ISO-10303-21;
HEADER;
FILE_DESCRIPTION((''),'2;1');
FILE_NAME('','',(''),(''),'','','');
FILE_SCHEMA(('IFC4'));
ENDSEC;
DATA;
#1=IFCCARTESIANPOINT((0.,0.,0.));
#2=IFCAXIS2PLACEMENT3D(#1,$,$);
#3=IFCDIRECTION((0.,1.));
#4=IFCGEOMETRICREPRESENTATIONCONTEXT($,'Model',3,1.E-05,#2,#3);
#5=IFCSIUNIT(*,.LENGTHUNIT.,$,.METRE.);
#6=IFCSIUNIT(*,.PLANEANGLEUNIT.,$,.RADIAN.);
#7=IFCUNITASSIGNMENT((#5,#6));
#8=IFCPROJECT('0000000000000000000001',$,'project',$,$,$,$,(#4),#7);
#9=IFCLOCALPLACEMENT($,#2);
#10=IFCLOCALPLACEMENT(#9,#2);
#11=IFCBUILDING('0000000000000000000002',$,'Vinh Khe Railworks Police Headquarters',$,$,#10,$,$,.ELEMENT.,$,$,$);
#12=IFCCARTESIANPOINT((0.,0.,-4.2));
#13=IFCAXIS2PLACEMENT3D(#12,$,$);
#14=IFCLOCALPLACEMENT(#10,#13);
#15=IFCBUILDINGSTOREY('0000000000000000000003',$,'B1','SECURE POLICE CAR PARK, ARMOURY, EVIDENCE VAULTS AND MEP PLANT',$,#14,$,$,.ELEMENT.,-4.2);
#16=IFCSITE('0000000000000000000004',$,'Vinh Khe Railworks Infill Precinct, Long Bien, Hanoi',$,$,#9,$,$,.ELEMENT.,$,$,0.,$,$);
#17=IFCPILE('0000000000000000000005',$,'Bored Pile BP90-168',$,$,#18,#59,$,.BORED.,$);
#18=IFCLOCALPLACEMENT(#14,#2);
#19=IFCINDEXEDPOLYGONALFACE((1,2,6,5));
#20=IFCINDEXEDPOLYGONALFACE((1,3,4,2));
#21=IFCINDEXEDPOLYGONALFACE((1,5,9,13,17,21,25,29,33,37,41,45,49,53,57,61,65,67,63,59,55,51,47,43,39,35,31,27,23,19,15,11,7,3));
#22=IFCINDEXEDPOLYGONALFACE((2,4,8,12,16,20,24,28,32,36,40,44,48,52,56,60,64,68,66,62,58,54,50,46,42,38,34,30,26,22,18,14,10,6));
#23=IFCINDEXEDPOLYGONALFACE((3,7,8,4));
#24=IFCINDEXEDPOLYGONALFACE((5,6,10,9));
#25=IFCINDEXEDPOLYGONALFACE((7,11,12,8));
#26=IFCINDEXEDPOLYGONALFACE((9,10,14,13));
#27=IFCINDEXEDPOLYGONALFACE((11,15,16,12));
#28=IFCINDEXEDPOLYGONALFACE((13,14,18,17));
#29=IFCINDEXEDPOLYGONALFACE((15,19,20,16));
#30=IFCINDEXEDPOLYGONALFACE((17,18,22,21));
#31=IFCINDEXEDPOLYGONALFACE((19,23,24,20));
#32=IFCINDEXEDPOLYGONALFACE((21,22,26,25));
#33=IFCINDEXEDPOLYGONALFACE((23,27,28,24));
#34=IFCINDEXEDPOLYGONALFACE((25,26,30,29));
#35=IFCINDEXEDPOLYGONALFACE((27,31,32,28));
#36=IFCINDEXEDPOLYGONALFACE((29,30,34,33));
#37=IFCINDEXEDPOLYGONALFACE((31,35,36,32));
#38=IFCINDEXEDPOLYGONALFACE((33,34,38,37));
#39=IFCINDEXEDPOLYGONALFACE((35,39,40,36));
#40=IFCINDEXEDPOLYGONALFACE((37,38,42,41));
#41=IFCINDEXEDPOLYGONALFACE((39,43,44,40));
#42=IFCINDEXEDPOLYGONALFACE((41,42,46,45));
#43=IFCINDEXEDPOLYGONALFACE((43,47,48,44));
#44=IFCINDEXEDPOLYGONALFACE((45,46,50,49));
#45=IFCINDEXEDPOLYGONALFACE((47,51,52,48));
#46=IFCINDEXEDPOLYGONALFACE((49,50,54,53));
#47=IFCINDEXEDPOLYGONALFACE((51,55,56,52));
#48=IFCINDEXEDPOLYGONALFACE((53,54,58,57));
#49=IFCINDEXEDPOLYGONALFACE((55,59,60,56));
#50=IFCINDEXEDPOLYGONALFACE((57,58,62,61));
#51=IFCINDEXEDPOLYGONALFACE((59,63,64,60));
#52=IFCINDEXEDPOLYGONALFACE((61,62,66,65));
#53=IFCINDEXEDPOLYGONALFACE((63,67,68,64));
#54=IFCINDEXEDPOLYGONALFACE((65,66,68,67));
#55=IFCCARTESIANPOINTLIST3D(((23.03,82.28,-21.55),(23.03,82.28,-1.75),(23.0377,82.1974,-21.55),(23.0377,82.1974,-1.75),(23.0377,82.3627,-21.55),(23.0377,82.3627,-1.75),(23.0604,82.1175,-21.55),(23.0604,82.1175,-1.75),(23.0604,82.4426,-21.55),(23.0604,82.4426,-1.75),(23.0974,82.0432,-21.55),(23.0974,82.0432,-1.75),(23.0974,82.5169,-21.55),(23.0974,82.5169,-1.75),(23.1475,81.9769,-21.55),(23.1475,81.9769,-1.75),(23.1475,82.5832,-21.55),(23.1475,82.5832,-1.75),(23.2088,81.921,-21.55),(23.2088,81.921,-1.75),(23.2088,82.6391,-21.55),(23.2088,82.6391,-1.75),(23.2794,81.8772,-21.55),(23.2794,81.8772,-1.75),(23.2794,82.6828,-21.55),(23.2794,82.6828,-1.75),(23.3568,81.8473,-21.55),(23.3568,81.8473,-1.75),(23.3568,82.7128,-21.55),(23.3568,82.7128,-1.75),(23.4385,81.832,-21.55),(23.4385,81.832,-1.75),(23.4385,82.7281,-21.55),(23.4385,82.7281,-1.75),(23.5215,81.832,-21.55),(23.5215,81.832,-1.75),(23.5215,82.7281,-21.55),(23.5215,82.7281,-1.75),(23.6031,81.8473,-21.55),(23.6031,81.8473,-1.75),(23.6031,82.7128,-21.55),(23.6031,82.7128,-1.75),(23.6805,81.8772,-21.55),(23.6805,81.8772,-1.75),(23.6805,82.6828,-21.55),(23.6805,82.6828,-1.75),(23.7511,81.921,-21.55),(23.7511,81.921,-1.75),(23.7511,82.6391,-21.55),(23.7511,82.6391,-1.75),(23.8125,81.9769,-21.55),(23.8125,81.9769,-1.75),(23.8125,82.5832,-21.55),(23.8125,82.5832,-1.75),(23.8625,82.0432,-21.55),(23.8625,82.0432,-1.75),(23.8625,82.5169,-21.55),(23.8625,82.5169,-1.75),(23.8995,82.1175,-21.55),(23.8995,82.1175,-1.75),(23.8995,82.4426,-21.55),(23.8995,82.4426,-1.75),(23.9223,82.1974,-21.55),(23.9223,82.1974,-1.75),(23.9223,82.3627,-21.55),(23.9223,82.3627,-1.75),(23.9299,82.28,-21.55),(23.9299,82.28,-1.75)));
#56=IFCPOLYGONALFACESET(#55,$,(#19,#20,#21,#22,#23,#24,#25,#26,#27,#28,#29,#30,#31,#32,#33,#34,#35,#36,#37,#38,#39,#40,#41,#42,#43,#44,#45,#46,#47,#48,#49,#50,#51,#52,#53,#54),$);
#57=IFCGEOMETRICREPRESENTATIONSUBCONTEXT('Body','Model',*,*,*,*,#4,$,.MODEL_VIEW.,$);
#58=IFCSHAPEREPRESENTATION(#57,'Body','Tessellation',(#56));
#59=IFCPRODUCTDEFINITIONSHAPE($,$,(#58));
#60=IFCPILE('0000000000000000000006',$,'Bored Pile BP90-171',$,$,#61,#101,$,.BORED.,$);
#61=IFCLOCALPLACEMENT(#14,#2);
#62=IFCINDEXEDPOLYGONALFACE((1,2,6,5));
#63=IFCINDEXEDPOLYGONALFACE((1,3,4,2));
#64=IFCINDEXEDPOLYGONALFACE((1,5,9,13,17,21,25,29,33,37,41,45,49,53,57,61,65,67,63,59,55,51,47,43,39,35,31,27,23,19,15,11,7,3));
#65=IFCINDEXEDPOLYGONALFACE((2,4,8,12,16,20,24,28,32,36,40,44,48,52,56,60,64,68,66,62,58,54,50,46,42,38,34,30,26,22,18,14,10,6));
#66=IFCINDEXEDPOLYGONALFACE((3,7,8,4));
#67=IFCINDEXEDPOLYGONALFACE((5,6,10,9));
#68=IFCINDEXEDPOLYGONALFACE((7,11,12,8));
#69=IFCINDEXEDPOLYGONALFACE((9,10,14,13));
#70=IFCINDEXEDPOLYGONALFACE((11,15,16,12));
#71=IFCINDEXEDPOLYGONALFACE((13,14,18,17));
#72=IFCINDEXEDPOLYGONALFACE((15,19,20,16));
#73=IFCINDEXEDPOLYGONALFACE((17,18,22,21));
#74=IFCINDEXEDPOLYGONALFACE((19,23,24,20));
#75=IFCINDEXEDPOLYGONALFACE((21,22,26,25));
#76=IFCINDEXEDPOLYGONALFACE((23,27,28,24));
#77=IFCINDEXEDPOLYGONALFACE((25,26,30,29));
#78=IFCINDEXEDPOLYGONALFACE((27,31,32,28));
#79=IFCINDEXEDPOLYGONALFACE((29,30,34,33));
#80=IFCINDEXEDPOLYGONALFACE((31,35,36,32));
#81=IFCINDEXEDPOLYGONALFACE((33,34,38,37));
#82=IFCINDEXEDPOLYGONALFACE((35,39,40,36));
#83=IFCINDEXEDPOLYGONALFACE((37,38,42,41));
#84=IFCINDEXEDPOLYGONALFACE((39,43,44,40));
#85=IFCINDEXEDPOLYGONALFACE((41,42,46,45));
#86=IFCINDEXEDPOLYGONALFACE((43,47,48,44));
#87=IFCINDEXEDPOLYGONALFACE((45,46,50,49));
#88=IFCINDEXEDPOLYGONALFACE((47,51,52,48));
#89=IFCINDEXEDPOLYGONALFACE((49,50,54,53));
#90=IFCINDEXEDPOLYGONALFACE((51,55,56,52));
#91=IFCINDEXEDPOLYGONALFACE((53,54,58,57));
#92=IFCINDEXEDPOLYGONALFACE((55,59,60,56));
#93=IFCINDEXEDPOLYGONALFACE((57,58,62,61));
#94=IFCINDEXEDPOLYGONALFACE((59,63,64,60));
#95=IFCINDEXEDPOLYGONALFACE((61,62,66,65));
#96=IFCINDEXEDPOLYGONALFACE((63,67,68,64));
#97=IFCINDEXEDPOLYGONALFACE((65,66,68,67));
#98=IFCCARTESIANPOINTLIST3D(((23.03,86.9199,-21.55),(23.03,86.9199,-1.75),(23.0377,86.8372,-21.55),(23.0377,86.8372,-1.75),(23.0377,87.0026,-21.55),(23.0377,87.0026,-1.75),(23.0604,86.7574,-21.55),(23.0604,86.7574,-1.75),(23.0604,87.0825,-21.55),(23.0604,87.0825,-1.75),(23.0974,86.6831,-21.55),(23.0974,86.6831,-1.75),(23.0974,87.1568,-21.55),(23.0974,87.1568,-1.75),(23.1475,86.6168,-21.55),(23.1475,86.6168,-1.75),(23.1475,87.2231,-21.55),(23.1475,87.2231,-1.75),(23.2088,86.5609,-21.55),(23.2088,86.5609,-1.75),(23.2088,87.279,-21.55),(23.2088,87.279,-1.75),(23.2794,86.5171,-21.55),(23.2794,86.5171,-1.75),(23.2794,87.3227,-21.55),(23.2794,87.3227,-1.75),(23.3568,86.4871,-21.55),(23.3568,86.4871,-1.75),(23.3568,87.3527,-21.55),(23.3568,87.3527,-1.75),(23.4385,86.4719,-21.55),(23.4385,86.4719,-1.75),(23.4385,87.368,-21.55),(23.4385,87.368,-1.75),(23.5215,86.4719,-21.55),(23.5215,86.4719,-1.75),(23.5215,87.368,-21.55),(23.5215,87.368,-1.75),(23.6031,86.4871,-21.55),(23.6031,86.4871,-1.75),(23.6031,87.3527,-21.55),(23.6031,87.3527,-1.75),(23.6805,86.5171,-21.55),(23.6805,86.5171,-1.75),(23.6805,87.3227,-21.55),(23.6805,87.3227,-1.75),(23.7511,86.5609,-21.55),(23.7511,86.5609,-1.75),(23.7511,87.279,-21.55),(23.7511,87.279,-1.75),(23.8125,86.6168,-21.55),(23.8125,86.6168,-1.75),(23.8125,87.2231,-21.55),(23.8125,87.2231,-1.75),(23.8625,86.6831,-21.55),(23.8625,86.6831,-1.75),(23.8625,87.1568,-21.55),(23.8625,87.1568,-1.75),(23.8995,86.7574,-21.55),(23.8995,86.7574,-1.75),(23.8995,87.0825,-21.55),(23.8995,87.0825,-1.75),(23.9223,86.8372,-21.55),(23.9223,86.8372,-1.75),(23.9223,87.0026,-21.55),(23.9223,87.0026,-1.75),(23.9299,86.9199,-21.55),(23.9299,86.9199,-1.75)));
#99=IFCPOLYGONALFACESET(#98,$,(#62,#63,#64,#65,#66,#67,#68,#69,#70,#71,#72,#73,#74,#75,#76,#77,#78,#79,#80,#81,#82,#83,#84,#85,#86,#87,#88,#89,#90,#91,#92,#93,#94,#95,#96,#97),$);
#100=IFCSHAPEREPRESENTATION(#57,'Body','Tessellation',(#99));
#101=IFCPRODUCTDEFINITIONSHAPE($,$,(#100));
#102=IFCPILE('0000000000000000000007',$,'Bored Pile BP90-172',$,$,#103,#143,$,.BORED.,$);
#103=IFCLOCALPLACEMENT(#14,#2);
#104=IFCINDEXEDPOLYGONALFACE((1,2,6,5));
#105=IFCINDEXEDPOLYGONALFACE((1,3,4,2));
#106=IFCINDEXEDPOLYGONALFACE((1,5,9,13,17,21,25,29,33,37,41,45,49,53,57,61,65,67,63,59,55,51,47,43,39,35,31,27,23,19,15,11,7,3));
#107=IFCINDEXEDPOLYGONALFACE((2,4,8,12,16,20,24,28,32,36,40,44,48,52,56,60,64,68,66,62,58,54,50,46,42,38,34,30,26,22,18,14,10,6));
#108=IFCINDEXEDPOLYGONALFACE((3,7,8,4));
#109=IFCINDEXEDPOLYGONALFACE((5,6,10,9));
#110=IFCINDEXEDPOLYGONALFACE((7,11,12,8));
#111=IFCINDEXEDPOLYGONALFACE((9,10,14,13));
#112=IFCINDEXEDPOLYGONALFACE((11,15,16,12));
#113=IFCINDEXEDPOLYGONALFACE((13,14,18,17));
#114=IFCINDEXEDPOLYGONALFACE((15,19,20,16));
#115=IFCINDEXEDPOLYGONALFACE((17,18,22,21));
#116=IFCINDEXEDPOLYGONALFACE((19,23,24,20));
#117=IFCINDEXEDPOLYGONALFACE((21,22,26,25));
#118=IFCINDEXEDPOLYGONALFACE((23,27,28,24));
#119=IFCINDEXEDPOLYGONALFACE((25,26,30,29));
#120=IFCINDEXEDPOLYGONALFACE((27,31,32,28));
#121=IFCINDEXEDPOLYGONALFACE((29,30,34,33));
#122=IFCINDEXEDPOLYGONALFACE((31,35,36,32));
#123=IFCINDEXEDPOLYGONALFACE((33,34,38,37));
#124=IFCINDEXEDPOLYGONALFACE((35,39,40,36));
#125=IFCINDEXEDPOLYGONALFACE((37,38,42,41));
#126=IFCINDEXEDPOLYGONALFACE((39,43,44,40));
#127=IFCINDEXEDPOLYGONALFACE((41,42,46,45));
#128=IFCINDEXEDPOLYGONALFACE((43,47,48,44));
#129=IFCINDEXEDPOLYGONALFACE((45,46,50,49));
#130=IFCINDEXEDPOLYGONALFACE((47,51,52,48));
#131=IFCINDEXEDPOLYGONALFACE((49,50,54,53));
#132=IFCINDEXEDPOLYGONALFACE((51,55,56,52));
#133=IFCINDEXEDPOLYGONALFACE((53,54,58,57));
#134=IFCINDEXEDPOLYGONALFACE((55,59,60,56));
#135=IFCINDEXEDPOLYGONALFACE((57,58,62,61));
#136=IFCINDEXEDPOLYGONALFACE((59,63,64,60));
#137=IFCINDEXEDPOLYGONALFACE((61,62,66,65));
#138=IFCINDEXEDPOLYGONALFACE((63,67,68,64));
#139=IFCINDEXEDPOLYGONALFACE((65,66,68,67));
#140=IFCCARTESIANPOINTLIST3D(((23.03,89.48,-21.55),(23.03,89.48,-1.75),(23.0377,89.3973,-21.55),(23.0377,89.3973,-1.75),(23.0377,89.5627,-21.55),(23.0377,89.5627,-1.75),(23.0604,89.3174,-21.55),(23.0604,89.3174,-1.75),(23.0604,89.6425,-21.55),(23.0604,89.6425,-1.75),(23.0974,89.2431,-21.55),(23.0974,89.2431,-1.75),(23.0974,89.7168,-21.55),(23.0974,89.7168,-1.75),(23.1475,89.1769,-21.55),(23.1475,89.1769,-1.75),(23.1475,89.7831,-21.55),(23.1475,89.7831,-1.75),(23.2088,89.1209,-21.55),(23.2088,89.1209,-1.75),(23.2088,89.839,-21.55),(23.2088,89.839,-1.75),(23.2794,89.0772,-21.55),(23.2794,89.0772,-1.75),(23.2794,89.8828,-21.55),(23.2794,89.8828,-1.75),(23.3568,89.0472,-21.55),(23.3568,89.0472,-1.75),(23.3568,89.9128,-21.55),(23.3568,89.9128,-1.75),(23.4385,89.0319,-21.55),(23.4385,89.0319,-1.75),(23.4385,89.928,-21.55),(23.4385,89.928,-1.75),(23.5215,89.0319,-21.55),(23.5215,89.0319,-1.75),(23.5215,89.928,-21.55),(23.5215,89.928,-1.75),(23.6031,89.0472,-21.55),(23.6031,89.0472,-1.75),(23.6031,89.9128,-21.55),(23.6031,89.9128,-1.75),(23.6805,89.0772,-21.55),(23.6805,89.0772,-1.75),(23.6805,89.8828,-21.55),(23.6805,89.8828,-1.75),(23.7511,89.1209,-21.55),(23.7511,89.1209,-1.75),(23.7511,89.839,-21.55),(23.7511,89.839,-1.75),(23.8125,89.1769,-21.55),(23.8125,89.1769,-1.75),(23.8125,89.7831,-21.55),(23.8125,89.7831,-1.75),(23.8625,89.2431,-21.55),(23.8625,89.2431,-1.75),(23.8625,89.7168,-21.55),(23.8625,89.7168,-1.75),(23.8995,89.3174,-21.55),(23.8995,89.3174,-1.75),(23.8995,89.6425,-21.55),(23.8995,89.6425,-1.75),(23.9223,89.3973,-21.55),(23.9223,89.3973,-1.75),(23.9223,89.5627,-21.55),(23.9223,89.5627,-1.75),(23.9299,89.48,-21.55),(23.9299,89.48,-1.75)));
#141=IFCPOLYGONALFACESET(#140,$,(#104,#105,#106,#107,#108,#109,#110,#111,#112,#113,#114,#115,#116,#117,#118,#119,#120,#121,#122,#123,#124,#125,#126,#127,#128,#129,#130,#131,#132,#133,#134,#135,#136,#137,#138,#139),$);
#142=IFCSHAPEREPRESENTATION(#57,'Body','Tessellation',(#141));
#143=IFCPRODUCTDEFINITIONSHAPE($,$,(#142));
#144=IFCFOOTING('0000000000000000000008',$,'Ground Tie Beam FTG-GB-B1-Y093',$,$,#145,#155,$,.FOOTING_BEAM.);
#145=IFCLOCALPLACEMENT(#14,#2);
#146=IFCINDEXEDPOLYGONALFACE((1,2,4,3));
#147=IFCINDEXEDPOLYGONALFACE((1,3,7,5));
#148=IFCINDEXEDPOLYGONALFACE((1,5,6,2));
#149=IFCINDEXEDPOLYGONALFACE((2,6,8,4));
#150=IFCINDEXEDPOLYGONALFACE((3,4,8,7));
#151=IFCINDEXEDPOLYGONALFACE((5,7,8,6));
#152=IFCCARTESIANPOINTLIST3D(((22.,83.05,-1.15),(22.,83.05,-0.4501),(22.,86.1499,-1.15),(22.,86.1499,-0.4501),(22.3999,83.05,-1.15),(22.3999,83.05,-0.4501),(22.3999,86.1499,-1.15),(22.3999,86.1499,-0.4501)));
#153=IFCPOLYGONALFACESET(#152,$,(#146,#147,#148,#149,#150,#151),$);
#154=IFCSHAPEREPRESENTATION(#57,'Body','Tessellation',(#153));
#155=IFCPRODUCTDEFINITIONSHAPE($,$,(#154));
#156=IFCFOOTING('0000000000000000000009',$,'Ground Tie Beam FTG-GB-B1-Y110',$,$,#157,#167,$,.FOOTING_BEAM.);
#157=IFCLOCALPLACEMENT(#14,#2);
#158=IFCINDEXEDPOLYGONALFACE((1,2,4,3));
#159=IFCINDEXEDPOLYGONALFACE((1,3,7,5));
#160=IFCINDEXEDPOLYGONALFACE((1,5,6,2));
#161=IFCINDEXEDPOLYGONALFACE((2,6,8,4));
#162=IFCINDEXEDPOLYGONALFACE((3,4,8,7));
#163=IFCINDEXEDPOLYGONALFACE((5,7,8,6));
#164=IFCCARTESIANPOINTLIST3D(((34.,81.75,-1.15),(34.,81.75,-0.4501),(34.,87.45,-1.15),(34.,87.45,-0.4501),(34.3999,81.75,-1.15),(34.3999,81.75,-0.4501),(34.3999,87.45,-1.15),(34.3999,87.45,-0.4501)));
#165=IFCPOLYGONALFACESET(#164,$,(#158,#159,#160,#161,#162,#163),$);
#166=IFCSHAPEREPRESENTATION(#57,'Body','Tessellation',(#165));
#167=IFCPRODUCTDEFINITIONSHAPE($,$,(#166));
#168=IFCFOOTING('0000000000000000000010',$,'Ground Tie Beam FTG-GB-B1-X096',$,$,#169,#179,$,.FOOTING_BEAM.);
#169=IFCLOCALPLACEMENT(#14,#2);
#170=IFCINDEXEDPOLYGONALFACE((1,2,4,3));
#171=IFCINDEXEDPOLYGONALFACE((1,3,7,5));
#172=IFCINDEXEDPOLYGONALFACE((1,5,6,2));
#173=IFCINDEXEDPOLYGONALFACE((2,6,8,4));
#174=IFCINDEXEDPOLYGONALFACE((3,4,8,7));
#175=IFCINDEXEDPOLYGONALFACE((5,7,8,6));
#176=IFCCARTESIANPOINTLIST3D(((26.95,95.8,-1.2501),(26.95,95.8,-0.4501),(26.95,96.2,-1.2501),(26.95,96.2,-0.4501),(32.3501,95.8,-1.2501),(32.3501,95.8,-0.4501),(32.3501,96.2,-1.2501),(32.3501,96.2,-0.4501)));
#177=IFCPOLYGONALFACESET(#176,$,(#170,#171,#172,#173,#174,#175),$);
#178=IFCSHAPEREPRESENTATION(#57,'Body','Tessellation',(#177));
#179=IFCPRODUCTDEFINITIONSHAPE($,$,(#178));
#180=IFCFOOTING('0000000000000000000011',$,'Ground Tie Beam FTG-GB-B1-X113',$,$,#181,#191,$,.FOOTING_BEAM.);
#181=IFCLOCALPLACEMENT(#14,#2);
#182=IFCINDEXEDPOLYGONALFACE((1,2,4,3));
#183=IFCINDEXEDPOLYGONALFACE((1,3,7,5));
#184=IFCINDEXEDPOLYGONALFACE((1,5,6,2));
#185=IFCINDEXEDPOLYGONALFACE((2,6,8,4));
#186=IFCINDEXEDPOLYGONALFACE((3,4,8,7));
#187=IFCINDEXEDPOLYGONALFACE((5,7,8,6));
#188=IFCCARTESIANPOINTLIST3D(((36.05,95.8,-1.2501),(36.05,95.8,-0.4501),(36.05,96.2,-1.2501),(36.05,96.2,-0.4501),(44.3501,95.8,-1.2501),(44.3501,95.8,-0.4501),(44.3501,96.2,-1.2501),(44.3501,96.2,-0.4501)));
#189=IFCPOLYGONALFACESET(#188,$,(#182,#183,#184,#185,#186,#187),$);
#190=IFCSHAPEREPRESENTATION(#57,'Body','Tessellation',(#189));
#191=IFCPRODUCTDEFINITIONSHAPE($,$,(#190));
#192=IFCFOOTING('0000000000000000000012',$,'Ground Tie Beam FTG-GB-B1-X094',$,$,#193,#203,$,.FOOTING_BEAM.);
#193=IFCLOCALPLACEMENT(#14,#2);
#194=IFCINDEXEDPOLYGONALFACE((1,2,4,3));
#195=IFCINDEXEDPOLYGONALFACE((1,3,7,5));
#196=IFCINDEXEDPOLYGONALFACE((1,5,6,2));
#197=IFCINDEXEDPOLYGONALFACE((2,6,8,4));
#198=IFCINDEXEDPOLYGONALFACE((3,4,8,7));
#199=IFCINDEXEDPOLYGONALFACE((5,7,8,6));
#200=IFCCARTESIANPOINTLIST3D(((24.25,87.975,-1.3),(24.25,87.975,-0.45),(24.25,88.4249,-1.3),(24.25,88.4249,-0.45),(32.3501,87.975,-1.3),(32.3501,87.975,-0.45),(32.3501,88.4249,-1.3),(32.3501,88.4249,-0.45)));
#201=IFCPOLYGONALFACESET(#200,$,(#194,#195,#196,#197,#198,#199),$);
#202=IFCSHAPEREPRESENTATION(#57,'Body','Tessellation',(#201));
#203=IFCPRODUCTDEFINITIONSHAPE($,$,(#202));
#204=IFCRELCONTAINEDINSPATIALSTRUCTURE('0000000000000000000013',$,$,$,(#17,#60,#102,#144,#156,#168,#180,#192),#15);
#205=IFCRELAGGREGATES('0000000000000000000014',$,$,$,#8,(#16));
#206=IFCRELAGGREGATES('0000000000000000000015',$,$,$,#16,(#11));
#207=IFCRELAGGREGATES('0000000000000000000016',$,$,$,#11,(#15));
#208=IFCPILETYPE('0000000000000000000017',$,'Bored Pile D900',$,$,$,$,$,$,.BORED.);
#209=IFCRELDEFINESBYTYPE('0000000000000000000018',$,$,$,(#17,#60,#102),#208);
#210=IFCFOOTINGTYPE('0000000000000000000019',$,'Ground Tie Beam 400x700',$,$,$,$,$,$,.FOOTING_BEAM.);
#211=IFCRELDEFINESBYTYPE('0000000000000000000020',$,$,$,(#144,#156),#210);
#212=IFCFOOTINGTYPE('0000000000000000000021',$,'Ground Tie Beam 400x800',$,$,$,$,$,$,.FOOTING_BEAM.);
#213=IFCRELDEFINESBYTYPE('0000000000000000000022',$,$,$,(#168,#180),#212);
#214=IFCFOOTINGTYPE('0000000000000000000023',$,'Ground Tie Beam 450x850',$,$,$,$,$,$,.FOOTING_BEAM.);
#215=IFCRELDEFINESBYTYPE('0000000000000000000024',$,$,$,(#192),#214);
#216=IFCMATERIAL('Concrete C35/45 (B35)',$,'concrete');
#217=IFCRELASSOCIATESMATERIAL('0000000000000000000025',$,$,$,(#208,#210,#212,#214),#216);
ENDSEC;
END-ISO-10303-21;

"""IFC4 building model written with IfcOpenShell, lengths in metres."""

from ifc_helpers import new_model, si_unit, direction, frame, origin, origin_2d, place, context, subcontext, project, spatial, rectangle, circle, extrude, material, material_profile, profile_set, type_object, element, save


model = new_model("IFC4")

# Units and contexts
model_context = context("Model", 3, precision=1e-05, world=origin(), true_north=direction((0.0, 1.0)))
body_context = subcontext(model_context, "Body", "Model", "MODEL_VIEW")
ifc_project = project(units=[si_unit("LENGTHUNIT", "METRE"), si_unit("PLANEANGLEUNIT", "RADIAN")], contexts=[model_context])

# Site, building, storey
site_placement = place(None, origin())
site = spatial("IfcSite", under=ifc_project, at=site_placement, Name="Vinh Khe Railworks Infill Precinct, Long Bien, Hanoi", CompositionType="ELEMENT", RefElevation=0.0)
building_placement = place(site_placement, origin())
building = spatial("IfcBuilding", under=site, at=building_placement, Name="Vinh Khe Railworks Police Headquarters", CompositionType="ELEMENT")
storey_placement = place(building_placement, frame((0.0, 0.0, -4.2)))
storey = spatial("IfcBuildingStorey", under=building, at=storey_placement, Name="B1", Description="SECURE POLICE CAR PARK, ARMOURY, EVIDENCE VAULTS AND MEP PLANT", CompositionType="ELEMENT", Elevation=-4.2)

# Piles
ifc_material_1 = material(Name="Concrete C35/45 (B35)", Category="concrete")
ifc_material_profile_1 = material_profile(ifc_material_1, circle(Radius=0.45, at=origin_2d()), Name="BORED PILE D900")
ifc_profile_set_1 = profile_set([ifc_material_profile_1], Name="Concrete C35/45 (B35)")
pile_type_1 = type_object("IfcPileType", Name="Bored Pile D900", PredefinedType="BORED", material=ifc_profile_set_1)
for number, where, z_axis, x_axis, name in (
    (1, (23.48, 82.28, -1.75), (0.0, 0.0, -1.0), (1.0, 0.0, 0.0), "Bored Pile BP90-168"),
    (2, (23.48, 86.9199, -1.75), (0.0, 0.0, -1.0), (1.0, 0.0, 0.0), "Bored Pile BP90-171"),
    (3, (23.48, 89.48, -1.75), (0.0, 0.0, -1.0), (1.0, 0.0, 0.0), "Bored Pile BP90-172"),
):
    element("IfcPile", number, at=place(storey_placement, frame(where, z_axis=z_axis, x_axis=x_axis)), inside=storey, type_object=pile_type_1, Name=name, PredefinedType="BORED", context=body_context, shape_type="SweptSolid", body=[
        extrude(circle(Radius=0.45, at=origin_2d()), origin(), (0.0, 0.0, 1.0), 19.8),
    ])

# Footings
ifc_material_profile_2 = material_profile(ifc_material_1, rectangle(XDim=0.3999, YDim=0.7, at=origin_2d()), Name="RC 400x700")
ifc_profile_set_2 = profile_set([ifc_material_profile_2], Name="Concrete C35/45 (B35)")
footing_type_1 = type_object("IfcFootingType", Name="Ground Tie Beam 400x700", PredefinedType="FOOTING_BEAM", material=ifc_profile_set_2)
footing_1_placement = place(storey_placement, frame((22.2, 83.05, -0.8), z_axis=(0.0, 1.0, 0.0), x_axis=(-1.0, 0.0, 0.0)))
element("IfcFooting", 4, at=footing_1_placement, inside=storey, type_object=footing_type_1, Name="Ground Tie Beam FTG-GB-B1-Y093", PredefinedType="FOOTING_BEAM", context=body_context, shape_type="SweptSolid", body=[
    extrude(rectangle(XDim=0.3999, YDim=0.7, at=origin_2d()), origin(), (0.0, 0.0, 1.0), 3.0999),
])
footing_2_placement = place(storey_placement, frame((34.2, 81.75, -0.8), z_axis=(0.0, 1.0, 0.0), x_axis=(-1.0, 0.0, 0.0)))
element("IfcFooting", 5, at=footing_2_placement, inside=storey, type_object=footing_type_1, Name="Ground Tie Beam FTG-GB-B1-Y110", PredefinedType="FOOTING_BEAM", context=body_context, shape_type="SweptSolid", body=[
    extrude(rectangle(XDim=0.3999, YDim=0.7, at=origin_2d()), origin(), (0.0, 0.0, 1.0), 5.7),
])
ifc_material_profile_3 = material_profile(ifc_material_1, rectangle(XDim=0.3999, YDim=0.8, at=origin_2d()), Name="RC 400x800")
ifc_profile_set_3 = profile_set([ifc_material_profile_3], Name="Concrete C35/45 (B35)")
footing_type_2 = type_object("IfcFootingType", Name="Ground Tie Beam 400x800", PredefinedType="FOOTING_BEAM", material=ifc_profile_set_3)
footing_3_placement = place(storey_placement, frame((26.95, 96.0, -0.8501), z_axis=(1.0, 0.0, 0.0), x_axis=(0.0, 1.0, 0.0)))
element("IfcFooting", 6, at=footing_3_placement, inside=storey, type_object=footing_type_2, Name="Ground Tie Beam FTG-GB-B1-X096", PredefinedType="FOOTING_BEAM", context=body_context, shape_type="SweptSolid", body=[
    extrude(rectangle(XDim=0.3999, YDim=0.8, at=origin_2d()), origin(), (0.0, 0.0, 1.0), 5.4001),
])
footing_4_placement = place(storey_placement, frame((36.05, 96.0, -0.8501), z_axis=(1.0, 0.0, 0.0), x_axis=(0.0, 1.0, 0.0)))
element("IfcFooting", 7, at=footing_4_placement, inside=storey, type_object=footing_type_2, Name="Ground Tie Beam FTG-GB-B1-X113", PredefinedType="FOOTING_BEAM", context=body_context, shape_type="SweptSolid", body=[
    extrude(rectangle(XDim=0.3999, YDim=0.8, at=origin_2d()), origin(), (0.0, 0.0, 1.0), 8.3),
])
ifc_material_profile_4 = material_profile(ifc_material_1, rectangle(XDim=0.45, YDim=0.8501, at=origin_2d()), Name="RC 450x850")
ifc_profile_set_4 = profile_set([ifc_material_profile_4], Name="Concrete C35/45 (B35)")
footing_type_3 = type_object("IfcFootingType", Name="Ground Tie Beam 450x850", PredefinedType="FOOTING_BEAM", material=ifc_profile_set_4)
footing_5_placement = place(storey_placement, frame((24.25, 88.2, -0.875), z_axis=(1.0, 0.0, 0.0), x_axis=(0.0, 1.0, 0.0)))
element("IfcFooting", 8, at=footing_5_placement, inside=storey, type_object=footing_type_3, Name="Ground Tie Beam FTG-GB-B1-X094", PredefinedType="FOOTING_BEAM", context=body_context, shape_type="SweptSolid", body=[
    extrude(rectangle(XDim=0.45, YDim=0.8501, at=origin_2d()), origin(), (0.0, 0.0, 1.0), 8.1001),
])

save(model, "model.ifc")
